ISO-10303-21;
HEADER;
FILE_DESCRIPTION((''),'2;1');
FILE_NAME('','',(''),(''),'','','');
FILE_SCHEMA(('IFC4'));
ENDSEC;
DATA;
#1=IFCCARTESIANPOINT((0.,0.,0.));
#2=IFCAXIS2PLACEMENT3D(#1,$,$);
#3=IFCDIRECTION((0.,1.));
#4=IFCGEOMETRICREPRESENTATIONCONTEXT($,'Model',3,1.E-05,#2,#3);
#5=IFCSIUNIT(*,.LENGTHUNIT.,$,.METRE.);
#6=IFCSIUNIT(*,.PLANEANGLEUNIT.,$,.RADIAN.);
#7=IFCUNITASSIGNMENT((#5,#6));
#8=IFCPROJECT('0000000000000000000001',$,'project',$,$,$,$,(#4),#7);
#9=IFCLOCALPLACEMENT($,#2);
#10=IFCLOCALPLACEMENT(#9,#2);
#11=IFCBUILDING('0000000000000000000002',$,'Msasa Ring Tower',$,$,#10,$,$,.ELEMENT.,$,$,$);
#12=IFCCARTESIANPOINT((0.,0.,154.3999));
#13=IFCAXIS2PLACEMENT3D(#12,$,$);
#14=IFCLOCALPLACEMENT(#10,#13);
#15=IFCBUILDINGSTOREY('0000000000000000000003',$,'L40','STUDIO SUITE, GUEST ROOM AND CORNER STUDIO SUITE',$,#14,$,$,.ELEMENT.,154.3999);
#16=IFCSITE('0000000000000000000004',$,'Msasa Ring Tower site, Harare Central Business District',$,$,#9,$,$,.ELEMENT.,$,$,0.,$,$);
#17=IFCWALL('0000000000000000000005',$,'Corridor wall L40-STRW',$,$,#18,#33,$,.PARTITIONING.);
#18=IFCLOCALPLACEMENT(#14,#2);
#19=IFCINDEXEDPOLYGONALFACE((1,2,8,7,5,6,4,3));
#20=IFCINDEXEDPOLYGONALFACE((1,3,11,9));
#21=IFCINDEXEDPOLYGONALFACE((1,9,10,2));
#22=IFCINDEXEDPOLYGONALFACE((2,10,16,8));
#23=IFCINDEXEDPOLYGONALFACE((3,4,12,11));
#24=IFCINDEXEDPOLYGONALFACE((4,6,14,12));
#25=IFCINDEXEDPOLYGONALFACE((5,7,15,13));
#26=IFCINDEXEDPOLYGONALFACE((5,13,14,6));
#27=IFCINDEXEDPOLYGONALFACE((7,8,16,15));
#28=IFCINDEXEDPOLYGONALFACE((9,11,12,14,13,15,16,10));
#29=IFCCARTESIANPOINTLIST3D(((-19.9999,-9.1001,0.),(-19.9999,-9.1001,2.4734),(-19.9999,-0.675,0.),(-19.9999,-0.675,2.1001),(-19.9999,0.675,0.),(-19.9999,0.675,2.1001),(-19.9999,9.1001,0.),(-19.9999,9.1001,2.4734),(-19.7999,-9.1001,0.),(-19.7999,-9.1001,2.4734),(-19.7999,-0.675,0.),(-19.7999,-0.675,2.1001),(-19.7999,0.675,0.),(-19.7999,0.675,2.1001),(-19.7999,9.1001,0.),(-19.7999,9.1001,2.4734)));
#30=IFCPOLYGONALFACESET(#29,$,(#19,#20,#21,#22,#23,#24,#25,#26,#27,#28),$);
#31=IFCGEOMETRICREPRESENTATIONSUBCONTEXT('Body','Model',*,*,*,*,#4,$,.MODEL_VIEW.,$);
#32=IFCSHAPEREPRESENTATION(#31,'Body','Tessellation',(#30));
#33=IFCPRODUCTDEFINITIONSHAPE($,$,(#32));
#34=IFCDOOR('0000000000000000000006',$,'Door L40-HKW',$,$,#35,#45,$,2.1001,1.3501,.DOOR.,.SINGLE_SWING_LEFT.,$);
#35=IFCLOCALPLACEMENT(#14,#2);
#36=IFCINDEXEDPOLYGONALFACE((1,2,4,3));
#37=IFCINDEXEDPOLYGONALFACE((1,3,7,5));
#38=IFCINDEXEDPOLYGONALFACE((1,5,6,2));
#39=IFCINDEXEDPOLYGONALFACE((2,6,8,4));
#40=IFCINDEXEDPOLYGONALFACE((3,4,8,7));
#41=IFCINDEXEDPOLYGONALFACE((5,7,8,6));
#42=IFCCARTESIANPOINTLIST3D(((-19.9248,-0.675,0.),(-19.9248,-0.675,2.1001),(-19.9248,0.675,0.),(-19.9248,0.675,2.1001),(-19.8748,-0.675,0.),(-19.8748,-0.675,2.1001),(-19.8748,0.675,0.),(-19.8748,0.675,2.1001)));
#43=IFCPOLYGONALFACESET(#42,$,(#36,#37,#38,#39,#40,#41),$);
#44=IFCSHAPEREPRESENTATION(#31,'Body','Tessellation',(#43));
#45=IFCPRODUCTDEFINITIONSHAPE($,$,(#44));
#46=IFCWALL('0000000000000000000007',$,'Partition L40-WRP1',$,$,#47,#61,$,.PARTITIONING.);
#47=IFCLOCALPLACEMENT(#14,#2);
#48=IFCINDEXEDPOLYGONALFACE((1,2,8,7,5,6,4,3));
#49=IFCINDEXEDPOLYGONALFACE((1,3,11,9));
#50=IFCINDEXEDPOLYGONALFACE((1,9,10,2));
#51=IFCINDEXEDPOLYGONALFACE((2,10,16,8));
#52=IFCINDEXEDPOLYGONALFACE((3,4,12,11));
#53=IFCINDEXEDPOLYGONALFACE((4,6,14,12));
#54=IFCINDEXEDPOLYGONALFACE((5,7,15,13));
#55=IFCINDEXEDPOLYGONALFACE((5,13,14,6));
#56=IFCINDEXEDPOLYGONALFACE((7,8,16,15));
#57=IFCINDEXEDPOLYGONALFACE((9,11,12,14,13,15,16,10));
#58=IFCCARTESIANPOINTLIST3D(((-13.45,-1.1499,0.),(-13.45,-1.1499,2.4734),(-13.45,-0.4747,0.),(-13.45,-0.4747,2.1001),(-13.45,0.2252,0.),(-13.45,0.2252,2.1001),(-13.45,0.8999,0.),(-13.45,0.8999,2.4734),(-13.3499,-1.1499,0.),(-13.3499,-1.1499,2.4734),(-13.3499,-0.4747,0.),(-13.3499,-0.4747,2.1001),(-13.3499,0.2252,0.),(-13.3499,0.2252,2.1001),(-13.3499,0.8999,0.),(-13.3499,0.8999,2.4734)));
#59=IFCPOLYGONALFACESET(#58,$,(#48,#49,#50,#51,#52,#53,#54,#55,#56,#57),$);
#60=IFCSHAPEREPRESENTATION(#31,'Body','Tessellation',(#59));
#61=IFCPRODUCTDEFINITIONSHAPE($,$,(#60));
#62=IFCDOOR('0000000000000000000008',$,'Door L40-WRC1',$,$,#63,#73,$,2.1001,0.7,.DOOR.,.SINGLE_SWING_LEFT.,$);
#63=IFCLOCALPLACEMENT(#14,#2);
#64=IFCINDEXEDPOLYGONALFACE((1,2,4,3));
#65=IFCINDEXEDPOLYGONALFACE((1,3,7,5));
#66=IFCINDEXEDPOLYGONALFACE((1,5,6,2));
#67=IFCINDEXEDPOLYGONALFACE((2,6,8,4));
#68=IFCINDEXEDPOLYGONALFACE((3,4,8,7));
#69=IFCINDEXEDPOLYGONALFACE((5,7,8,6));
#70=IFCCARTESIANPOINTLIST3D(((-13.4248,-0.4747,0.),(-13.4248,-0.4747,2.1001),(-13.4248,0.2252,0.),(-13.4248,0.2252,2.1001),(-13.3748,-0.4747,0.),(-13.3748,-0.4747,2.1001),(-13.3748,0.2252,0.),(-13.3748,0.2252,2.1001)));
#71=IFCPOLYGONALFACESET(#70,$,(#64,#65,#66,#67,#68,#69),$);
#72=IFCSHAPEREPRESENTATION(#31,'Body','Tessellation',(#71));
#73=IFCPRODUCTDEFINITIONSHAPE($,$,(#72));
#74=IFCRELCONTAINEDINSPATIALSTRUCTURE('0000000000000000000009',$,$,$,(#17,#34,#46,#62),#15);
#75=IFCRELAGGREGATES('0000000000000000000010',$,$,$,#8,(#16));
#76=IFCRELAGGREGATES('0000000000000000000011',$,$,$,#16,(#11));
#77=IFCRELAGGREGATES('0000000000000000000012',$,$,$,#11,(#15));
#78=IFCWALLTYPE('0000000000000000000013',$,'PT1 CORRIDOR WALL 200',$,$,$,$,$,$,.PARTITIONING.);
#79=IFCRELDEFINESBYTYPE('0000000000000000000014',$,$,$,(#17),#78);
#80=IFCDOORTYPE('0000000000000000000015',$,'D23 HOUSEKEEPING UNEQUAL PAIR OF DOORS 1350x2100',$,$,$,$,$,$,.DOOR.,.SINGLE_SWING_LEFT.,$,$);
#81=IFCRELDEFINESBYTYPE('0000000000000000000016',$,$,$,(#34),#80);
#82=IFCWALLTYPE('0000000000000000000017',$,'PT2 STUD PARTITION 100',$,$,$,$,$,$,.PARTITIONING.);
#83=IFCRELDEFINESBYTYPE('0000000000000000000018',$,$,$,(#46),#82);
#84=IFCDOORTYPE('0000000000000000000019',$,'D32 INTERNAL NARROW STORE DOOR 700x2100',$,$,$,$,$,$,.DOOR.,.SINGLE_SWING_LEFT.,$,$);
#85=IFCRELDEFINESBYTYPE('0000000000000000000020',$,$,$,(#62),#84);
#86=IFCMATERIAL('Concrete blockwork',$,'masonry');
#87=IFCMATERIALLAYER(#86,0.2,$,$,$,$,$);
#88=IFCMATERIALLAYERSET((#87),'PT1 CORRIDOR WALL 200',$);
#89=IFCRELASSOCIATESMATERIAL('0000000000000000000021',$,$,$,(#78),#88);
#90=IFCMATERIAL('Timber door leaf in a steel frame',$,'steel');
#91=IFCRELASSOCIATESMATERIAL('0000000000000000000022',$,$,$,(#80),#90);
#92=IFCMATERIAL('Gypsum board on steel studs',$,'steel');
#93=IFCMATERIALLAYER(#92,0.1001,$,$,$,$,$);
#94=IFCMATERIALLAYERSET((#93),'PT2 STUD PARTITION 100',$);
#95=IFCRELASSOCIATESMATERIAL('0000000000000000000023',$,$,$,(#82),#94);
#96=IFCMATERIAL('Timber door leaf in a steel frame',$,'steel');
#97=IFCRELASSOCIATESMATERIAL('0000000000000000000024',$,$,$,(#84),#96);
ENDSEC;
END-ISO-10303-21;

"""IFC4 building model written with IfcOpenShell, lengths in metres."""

from ifc_helpers import new_model, si_unit, direction, frame, frame_2d, origin, place, context, subcontext, project, spatial, rectangle, extrude, material, layer, layer_set, type_object, element, fill, save


model = new_model("IFC4")

# Units and contexts
model_context = context("Model", 3, precision=1e-05, world=origin(), true_north=direction((0.0, 1.0)))
body_context = subcontext(model_context, "Body", "Model", "MODEL_VIEW")
ifc_project = project(units=[si_unit("LENGTHUNIT", "METRE"), si_unit("PLANEANGLEUNIT", "RADIAN")], contexts=[model_context])

# Site, building, storey
site_placement = place(None, origin())
site = spatial("IfcSite", under=ifc_project, at=site_placement, Name="Msasa Ring Tower site, Harare Central Business District", CompositionType="ELEMENT", RefElevation=0.0)
building_placement = place(site_placement, origin())
building = spatial("IfcBuilding", under=site, at=building_placement, Name="Msasa Ring Tower", CompositionType="ELEMENT")
storey_placement = place(building_placement, frame((0.0, 0.0, 154.3999)))
storey = spatial("IfcBuildingStorey", under=building, at=storey_placement, Name="L40", Description="STUDIO SUITE, GUEST ROOM AND CORNER STUDIO SUITE", CompositionType="ELEMENT", Elevation=154.3999)

# Walls, openings, doors
ifc_material_1 = material(Name="Concrete blockwork", Category="masonry")
ifc_layer_1 = layer(ifc_material_1, 0.2)
ifc_layer_set_1 = layer_set([ifc_layer_1], Name="PT1 CORRIDOR WALL 200")
wall_type_1 = type_object("IfcWallType", Name="PT1 CORRIDOR WALL 200", PredefinedType="PARTITIONING", material=ifc_layer_set_1)
wall_1_placement = place(storey_placement, frame((-19.8999, -9.1001, 0.0), z_axis=(0.0, 0.0, 1.0), x_axis=(0.0, 1.0, 0.0)))
wall_1 = element("IfcWall", 1, at=wall_1_placement, inside=storey, type_object=wall_type_1, Name="Corridor wall L40-STRW", PredefinedType="PARTITIONING", context=body_context, shape_type="SweptSolid", body=[
    extrude(rectangle(XDim=18.2002, YDim=0.2, at=frame_2d((9.1001, 0.0))), origin(), (0.0, 0.0, 1.0), 2.4734),
])
opening_1_placement = place(wall_1_placement, frame((8.425, 0.0, 0.0)))
opening_1 = element("IfcOpeningElement", 2, at=opening_1_placement, cuts=wall_1, PredefinedType="OPENING", context=body_context, shape_type="SweptSolid", body=[
    extrude(rectangle(XDim=1.3501, YDim=2.1001, at=frame_2d((0.675, 1.05))), frame((0.0, 0.1099, 0.0), z_axis=(0.0, -1.0, 0.0), x_axis=(1.0, 0.0, 0.0)), (0.0, 0.0, 1.0), 0.22),
])
ifc_material_2 = material(Name="Timber door leaf in a steel frame", Category="steel")
door_type_1 = type_object("IfcDoorType", Name="D23 HOUSEKEEPING UNEQUAL PAIR OF DOORS 1350x2100", OperationType="SINGLE_SWING_LEFT", PredefinedType="DOOR", material=ifc_material_2)
door_1_placement = place(opening_1_placement, origin())
door_1 = element("IfcDoor", 3, at=door_1_placement, inside=storey, type_object=door_type_1, Name="Door L40-HKW", OperationType="SINGLE_SWING_LEFT", OverallHeight=2.1001, OverallWidth=1.3501, PredefinedType="DOOR", context=body_context, shape_type="SweptSolid", body=[
    extrude(rectangle(XDim=1.3501, YDim=2.1001, at=frame_2d((0.675, 1.05))), frame((0.0, 0.0249, 0.0), z_axis=(0.0, -1.0, 0.0), x_axis=(1.0, 0.0, 0.0)), (0.0, 0.0, 1.0), 0.05),
])
fill(opening_1, door_1)
ifc_material_3 = material(Name="Gypsum board on steel studs", Category="steel")
ifc_layer_2 = layer(ifc_material_3, 0.1001)
ifc_layer_set_2 = layer_set([ifc_layer_2], Name="PT2 STUD PARTITION 100")
wall_type_2 = type_object("IfcWallType", Name="PT2 STUD PARTITION 100", PredefinedType="PARTITIONING", material=ifc_layer_set_2)
wall_2_placement = place(storey_placement, frame((-13.3999, -1.1499, 0.0), z_axis=(0.0, 0.0, 1.0), x_axis=(0.0, 1.0, 0.0)))
wall_2 = element("IfcWall", 4, at=wall_2_placement, inside=storey, type_object=wall_type_2, Name="Partition L40-WRP1", PredefinedType="PARTITIONING", context=body_context, shape_type="SweptSolid", body=[
    extrude(rectangle(XDim=2.0498, YDim=0.1001, at=frame_2d((1.0249, 0.0))), origin(), (0.0, 0.0, 1.0), 2.4734),
])
opening_2_placement = place(wall_2_placement, frame((0.675, 0.0, 0.0)))
opening_2 = element("IfcOpeningElement", 5, at=opening_2_placement, cuts=wall_2, PredefinedType="OPENING", context=body_context, shape_type="SweptSolid", body=[
    extrude(rectangle(XDim=0.7, YDim=2.1001, at=frame_2d((0.3501, 1.05))), frame((0.0, 0.0601, 0.0), z_axis=(0.0, -1.0, 0.0), x_axis=(1.0, 0.0, 0.0)), (0.0, 0.0, 1.0), 0.1201),
])
ifc_material_4 = material(Name="Timber door leaf in a steel frame", Category="steel")
door_type_2 = type_object("IfcDoorType", Name="D32 INTERNAL NARROW STORE DOOR 700x2100", OperationType="SINGLE_SWING_LEFT", PredefinedType="DOOR", material=ifc_material_4)
door_2_placement = place(opening_2_placement, origin())
door_2 = element("IfcDoor", 6, at=door_2_placement, inside=storey, type_object=door_type_2, Name="Door L40-WRC1", OperationType="SINGLE_SWING_LEFT", OverallHeight=2.1001, OverallWidth=0.7, PredefinedType="DOOR", context=body_context, shape_type="SweptSolid", body=[
    extrude(rectangle(XDim=0.7, YDim=2.1001, at=frame_2d((0.3501, 1.05))), frame((0.0, 0.0249, 0.0), z_axis=(0.0, -1.0, 0.0), x_axis=(1.0, 0.0, 0.0)), (0.0, 0.0, 1.0), 0.05),
])
fill(opening_2, door_2)

save(model, "model.ifc")
